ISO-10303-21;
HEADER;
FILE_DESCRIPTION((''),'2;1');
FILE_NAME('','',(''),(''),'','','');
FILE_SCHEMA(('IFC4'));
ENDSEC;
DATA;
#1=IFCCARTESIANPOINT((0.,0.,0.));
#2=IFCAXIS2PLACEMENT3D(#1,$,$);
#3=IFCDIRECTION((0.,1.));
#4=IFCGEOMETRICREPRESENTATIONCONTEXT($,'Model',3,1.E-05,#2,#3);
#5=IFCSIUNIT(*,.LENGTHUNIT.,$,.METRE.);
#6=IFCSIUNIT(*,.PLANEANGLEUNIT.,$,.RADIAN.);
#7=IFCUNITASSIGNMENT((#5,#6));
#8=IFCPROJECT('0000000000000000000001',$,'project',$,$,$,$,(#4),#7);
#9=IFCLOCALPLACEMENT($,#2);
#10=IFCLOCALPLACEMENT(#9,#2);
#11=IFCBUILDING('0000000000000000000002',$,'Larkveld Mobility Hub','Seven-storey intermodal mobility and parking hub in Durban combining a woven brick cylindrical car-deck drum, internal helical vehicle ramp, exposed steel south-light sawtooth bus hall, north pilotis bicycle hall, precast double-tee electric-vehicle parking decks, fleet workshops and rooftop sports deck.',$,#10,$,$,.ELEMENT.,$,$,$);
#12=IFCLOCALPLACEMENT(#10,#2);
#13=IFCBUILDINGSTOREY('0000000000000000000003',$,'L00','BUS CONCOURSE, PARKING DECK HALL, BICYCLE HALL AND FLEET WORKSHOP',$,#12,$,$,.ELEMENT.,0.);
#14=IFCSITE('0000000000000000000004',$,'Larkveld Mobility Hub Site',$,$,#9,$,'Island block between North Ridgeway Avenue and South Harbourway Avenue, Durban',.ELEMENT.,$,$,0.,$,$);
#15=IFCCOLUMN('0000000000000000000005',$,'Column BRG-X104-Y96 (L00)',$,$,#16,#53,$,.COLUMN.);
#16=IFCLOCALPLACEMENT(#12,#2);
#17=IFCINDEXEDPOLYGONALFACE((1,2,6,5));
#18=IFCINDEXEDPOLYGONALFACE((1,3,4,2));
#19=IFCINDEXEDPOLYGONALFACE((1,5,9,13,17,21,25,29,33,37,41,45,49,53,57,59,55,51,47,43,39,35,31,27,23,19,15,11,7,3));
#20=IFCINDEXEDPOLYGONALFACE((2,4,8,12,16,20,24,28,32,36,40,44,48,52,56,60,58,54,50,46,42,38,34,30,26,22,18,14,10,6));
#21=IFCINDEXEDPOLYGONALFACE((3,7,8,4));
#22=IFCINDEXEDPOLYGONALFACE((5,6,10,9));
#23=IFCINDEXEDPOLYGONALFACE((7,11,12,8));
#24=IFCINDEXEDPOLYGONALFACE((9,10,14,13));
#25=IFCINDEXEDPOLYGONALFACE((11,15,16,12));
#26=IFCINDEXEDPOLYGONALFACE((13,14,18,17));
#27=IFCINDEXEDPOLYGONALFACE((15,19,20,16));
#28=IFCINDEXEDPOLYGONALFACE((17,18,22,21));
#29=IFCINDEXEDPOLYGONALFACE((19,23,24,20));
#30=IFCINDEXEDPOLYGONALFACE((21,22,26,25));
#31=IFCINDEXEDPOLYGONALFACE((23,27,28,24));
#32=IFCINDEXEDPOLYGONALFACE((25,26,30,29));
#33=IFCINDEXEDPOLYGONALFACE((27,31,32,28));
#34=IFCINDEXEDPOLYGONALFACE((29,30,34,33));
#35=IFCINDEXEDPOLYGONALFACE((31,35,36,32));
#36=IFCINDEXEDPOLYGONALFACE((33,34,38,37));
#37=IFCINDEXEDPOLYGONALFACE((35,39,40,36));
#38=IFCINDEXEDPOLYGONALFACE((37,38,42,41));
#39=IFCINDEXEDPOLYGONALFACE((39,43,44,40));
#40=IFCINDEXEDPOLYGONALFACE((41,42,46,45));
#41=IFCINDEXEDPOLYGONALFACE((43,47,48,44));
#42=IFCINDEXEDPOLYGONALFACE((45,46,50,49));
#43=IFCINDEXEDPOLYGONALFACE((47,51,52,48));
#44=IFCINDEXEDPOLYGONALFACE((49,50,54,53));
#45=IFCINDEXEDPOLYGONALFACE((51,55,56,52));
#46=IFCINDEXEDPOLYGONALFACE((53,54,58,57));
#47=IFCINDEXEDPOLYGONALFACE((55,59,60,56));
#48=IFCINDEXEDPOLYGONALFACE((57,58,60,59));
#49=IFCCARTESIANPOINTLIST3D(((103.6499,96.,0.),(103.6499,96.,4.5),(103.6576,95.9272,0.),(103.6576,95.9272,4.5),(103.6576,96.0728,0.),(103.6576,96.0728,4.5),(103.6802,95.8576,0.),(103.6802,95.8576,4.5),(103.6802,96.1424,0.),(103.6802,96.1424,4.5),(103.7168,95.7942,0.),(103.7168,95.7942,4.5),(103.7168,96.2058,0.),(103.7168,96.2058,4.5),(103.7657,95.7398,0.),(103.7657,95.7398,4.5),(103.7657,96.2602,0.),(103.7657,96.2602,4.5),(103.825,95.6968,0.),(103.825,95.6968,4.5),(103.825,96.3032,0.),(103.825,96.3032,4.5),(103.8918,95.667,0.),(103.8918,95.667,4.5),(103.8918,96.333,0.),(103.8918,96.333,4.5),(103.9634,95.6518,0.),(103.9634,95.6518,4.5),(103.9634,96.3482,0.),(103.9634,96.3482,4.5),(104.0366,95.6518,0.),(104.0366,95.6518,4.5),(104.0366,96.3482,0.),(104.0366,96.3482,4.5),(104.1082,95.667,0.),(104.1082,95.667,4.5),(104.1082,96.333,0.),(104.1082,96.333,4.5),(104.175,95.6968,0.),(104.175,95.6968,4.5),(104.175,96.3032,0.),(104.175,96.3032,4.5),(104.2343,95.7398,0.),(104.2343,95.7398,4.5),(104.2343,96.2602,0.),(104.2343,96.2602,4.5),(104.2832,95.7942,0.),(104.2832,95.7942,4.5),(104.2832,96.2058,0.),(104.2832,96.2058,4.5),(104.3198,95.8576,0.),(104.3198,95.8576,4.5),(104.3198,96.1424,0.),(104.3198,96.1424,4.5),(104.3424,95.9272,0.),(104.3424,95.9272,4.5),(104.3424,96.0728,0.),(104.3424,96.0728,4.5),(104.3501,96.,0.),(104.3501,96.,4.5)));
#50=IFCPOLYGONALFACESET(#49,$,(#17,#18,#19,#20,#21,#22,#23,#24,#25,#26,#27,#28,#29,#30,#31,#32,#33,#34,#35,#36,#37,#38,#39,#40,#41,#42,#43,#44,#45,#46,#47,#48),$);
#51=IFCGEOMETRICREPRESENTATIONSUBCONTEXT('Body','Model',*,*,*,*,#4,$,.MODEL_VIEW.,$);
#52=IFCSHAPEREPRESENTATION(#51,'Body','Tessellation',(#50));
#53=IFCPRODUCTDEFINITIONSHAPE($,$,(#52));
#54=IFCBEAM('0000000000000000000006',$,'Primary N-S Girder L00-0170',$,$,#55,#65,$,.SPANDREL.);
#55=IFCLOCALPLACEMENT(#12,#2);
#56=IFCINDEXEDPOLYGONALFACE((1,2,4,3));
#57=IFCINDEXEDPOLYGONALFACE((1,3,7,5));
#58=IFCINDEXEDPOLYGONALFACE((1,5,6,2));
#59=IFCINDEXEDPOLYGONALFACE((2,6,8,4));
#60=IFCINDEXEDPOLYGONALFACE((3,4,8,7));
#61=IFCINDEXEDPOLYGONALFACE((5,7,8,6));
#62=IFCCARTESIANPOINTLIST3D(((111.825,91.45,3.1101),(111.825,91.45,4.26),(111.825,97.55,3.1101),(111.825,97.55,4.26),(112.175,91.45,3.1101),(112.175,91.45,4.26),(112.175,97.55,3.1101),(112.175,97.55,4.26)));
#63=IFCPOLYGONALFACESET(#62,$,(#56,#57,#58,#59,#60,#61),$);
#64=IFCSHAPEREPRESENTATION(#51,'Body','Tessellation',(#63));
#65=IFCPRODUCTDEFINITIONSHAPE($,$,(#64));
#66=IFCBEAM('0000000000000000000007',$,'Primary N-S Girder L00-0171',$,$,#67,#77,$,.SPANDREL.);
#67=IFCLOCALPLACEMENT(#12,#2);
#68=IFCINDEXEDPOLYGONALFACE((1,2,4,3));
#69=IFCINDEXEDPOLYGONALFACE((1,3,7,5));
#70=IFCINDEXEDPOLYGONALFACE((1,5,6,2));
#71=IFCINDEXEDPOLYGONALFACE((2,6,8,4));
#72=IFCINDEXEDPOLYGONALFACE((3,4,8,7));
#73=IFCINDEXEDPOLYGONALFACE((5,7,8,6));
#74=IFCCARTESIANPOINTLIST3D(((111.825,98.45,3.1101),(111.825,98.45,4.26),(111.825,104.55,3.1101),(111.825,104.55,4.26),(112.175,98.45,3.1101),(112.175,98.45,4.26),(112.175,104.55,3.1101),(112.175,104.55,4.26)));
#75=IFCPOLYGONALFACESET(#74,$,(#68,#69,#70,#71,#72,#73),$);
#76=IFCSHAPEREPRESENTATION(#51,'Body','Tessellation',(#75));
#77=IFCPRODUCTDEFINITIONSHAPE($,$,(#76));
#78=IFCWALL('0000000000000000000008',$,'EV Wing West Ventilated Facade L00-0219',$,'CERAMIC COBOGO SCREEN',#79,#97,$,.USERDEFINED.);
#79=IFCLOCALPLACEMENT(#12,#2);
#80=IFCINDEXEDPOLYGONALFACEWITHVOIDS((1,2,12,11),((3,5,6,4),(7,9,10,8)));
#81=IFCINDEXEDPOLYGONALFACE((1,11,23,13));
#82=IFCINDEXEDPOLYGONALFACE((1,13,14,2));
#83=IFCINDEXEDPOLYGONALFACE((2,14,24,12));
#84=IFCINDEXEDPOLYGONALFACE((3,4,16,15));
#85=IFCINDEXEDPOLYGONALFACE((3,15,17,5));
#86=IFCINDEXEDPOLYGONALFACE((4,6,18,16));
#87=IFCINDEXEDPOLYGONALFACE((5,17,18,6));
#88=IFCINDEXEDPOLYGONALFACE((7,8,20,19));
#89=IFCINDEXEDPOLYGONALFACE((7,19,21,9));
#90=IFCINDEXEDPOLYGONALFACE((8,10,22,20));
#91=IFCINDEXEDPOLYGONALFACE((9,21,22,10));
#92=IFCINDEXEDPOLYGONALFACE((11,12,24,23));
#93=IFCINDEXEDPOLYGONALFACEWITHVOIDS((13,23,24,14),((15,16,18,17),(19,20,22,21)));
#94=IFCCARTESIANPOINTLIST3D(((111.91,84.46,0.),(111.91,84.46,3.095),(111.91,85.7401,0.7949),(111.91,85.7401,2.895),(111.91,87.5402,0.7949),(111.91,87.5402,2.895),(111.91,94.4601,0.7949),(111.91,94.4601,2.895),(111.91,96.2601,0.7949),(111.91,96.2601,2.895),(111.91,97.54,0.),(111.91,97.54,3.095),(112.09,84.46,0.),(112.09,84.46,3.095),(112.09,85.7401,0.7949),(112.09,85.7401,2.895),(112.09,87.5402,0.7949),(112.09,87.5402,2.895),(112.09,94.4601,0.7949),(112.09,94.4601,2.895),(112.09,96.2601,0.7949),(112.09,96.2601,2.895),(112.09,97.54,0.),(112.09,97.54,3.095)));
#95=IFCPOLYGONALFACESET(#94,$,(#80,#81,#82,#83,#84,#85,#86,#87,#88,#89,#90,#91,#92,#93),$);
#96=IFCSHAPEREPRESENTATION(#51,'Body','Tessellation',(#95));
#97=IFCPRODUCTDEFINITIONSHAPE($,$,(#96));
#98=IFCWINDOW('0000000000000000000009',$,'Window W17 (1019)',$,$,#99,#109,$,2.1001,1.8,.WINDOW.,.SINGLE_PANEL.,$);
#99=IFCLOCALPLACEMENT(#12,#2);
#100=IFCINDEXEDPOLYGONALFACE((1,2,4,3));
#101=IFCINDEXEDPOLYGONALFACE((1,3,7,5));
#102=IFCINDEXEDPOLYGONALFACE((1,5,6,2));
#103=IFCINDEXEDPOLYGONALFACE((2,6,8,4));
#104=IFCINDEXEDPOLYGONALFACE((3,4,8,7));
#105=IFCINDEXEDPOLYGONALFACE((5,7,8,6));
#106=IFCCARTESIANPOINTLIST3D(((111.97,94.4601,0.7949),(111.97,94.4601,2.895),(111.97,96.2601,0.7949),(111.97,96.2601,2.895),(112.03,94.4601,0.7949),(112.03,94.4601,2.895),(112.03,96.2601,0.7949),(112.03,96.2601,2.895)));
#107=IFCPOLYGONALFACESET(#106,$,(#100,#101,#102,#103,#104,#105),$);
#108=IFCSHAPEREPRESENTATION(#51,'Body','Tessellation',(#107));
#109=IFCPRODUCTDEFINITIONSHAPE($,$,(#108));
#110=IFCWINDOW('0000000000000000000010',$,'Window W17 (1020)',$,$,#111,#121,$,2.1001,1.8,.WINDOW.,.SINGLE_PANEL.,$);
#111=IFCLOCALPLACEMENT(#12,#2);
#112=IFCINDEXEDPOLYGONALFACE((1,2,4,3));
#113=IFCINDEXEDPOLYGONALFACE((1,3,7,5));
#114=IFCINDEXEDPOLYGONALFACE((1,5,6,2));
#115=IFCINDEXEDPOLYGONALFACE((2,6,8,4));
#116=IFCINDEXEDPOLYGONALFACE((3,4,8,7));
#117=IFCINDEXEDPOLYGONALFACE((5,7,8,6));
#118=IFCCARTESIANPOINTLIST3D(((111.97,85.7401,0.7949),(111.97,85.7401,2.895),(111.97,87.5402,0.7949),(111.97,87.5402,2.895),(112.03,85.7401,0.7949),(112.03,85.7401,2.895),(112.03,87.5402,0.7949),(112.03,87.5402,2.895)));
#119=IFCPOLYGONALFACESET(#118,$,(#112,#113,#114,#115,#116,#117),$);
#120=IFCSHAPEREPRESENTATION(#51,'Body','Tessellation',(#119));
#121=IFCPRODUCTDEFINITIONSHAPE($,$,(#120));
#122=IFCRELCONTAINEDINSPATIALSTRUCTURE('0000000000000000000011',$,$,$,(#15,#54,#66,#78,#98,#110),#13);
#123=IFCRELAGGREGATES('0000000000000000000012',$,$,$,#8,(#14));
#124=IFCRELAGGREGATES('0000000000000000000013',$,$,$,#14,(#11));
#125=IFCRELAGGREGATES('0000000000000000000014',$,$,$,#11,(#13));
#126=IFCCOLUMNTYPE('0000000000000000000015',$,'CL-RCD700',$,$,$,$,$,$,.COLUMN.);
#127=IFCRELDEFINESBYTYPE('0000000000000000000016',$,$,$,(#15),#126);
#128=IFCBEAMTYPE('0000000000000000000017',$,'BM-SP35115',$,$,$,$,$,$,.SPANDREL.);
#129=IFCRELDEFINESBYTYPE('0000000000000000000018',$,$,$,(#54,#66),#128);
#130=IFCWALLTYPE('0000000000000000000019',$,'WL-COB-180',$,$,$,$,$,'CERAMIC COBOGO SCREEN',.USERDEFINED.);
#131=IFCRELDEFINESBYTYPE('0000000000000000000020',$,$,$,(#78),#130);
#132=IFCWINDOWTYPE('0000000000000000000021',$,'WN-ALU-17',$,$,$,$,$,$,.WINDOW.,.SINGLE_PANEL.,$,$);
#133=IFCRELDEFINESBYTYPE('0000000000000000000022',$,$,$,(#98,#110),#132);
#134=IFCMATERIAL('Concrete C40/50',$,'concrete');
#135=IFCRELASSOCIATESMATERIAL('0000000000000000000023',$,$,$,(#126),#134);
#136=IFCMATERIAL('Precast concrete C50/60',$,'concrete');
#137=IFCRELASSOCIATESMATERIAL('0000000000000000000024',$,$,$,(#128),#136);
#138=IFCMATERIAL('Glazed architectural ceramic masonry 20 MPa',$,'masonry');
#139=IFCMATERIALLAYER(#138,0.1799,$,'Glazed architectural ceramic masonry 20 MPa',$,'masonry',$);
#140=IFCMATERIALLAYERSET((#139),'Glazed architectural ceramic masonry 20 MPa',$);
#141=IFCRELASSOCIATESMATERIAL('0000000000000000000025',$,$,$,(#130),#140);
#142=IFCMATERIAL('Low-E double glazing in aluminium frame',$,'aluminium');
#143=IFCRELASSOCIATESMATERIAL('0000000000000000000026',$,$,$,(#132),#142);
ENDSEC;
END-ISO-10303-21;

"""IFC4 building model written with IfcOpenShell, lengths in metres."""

from ifc_helpers import new_model, si_unit, direction, frame, frame_2d, origin, origin_2d, place, context, subcontext, project, spatial, rectangle, circle, extrude, material, layer, layer_set, material_profile, profile_set, type_object, element, fill, save


model = new_model("IFC4")

# Units and contexts
model_context = context("Model", 3, precision=1e-05, world=origin(), true_north=direction((0.0, 1.0)))
body_context = subcontext(model_context, "Body", "Model", "MODEL_VIEW")
ifc_project = project(units=[si_unit("LENGTHUNIT", "METRE"), si_unit("PLANEANGLEUNIT", "RADIAN")], contexts=[model_context])

# Site, building, storey
site_placement = place(None, origin())
site = spatial("IfcSite", under=ifc_project, at=site_placement, Name="Larkveld Mobility Hub Site", LongName="Island block between North Ridgeway Avenue and South Harbourway Avenue, Durban", CompositionType="ELEMENT", RefElevation=0.0)
building_placement = place(site_placement, origin())
building = spatial("IfcBuilding", under=site, at=building_placement, Name="Larkveld Mobility Hub", Description="Seven-storey intermodal mobility and parking hub in Durban combining a woven brick cylindrical car-deck drum, internal helical vehicle ramp, exposed steel south-light sawtooth bus hall, north pilotis bicycle hall, precast double-tee electric-vehicle parking decks, fleet workshops and rooftop sports deck.", CompositionType="ELEMENT")
storey_placement = place(building_placement, origin())
storey = spatial("IfcBuildingStorey", under=building, at=storey_placement, Name="L00", Description="BUS CONCOURSE, PARKING DECK HALL, BICYCLE HALL AND FLEET WORKSHOP", CompositionType="ELEMENT", Elevation=0.0)

# Column
ifc_material_1 = material(Name="Precast concrete C50/60", Category="concrete")
ifc_material_2 = material(Name="Concrete C40/50", Category="concrete")
ifc_material_profile_1 = material_profile(ifc_material_2, circle(Radius=0.3501, at=origin_2d()), Name="RC COL D700")
ifc_profile_set_1 = profile_set([ifc_material_profile_1], Name="Concrete C40/50")
column_type_1 = type_object("IfcColumnType", Name="CL-RCD700", PredefinedType="COLUMN", material=ifc_profile_set_1)
column_placement = place(storey_placement, frame((104.0, 96.0, 0.0), z_axis=(0.0, 0.0, 1.0), x_axis=(1.0, 0.0, 0.0)))
element("IfcColumn", 1, at=column_placement, inside=storey, type_object=column_type_1, Name="Column BRG-X104-Y96 (L00)", PredefinedType="COLUMN", context=body_context, shape_type="SweptSolid", body=[
    extrude(circle(Radius=0.3501, at=origin_2d()), origin(), (0.0, 0.0, 1.0), 4.5),
])

# Beams
ifc_material_profile_2 = material_profile(ifc_material_1, rectangle(XDim=0.3501, YDim=1.1499, at=origin_2d()), Name="PC SP 350x1150")
ifc_profile_set_2 = profile_set([ifc_material_profile_2], Name="Precast concrete C50/60")
beam_type = type_object("IfcBeamType", Name="BM-SP35115", PredefinedType="SPANDREL", material=ifc_profile_set_2)
for number, where, z_axis, x_axis, name in (
    (2, (112.0, 91.45, 3.6851), (0.0, 1.0, 0.0), (-1.0, 0.0, 0.0), "Primary N-S Girder L00-0170"),
    (3, (112.0, 98.45, 3.6851), (0.0, 1.0, 0.0), (-1.0, 0.0, 0.0), "Primary N-S Girder L00-0171"),
):
    element("IfcBeam", number, at=place(storey_placement, frame(where, z_axis=z_axis, x_axis=x_axis)), inside=storey, type_object=beam_type, Name=name, PredefinedType="SPANDREL", context=body_context, shape_type="SweptSolid", body=[
        extrude(rectangle(XDim=0.3501, YDim=1.1499, at=origin_2d()), origin(), (0.0, 0.0, 1.0), 6.1001),
    ])

# Wall, openings, windows
ifc_material_3 = material(Name="Glazed architectural ceramic masonry 20 MPa", Category="masonry")
ifc_layer = layer(ifc_material_3, 0.1799, Name="Glazed architectural ceramic masonry 20 MPa", Category="masonry")
ifc_layer_set = layer_set([ifc_layer], Name="Glazed architectural ceramic masonry 20 MPa")
wall_type = type_object("IfcWallType", Name="WL-COB-180", ElementType="CERAMIC COBOGO SCREEN", PredefinedType="USERDEFINED", material=ifc_layer_set)
wall_placement = place(storey_placement, frame((112.0, 97.54, 0.0), z_axis=(0.0, 0.0, 1.0), x_axis=(0.0, -1.0, 0.0)))
wall = element("IfcWall", 4, at=wall_placement, inside=storey, type_object=wall_type, Name="EV Wing West Ventilated Facade L00-0219", ObjectType="CERAMIC COBOGO SCREEN", PredefinedType="USERDEFINED", context=body_context, shape_type="SweptSolid", body=[
    extrude(rectangle(XDim=13.0801, YDim=0.1799, at=frame_2d((6.54, 0.0))), origin(), (0.0, 0.0, 1.0), 3.095),
])
opening_1_placement = place(wall_placement, frame((1.28, 0.0, 0.7949)))
opening_1 = element("IfcOpeningElement", 5, at=opening_1_placement, cuts=wall, PredefinedType="OPENING", context=body_context, shape_type="SweptSolid", body=[
    extrude(rectangle(XDim=1.8, YDim=2.1001, at=frame_2d((0.8999, 1.05))), frame((0.0, 0.1001, 0.0), z_axis=(0.0, -1.0, 0.0), x_axis=(1.0, 0.0, 0.0)), (0.0, 0.0, 1.0), 0.2),
])
opening_2_placement = place(wall_placement, frame((10.0, 0.0, 0.7949)))
opening_2 = element("IfcOpeningElement", 6, at=opening_2_placement, cuts=wall, PredefinedType="OPENING", context=body_context, shape_type="SweptSolid", body=[
    extrude(rectangle(XDim=1.8, YDim=2.1001, at=frame_2d((0.8999, 1.05))), frame((0.0, 0.1001, 0.0), z_axis=(0.0, -1.0, 0.0), x_axis=(1.0, 0.0, 0.0)), (0.0, 0.0, 1.0), 0.2),
])
ifc_material_4 = material(Name="Low-E double glazing in aluminium frame", Category="aluminium")
window_type = type_object("IfcWindowType", Name="WN-ALU-17", PartitioningType="SINGLE_PANEL", PredefinedType="WINDOW", material=ifc_material_4)
window_1_placement = place(opening_1_placement, origin())
window_1 = element("IfcWindow", 7, at=window_1_placement, inside=storey, type_object=window_type, Name="Window W17 (1019)", OverallHeight=2.1001, OverallWidth=1.8, PartitioningType="SINGLE_PANEL", PredefinedType="WINDOW", context=body_context, shape_type="SweptSolid", body=[
    extrude(rectangle(XDim=1.8, YDim=2.1001, at=frame_2d((0.8999, 1.05))), frame((0.0, 0.03, 0.0), z_axis=(0.0, -1.0, 0.0), x_axis=(1.0, 0.0, 0.0)), (0.0, 0.0, 1.0), 0.0601),
])
fill(opening_1, window_1)
window_2_placement = place(opening_2_placement, origin())
window_2 = element("IfcWindow", 8, at=window_2_placement, inside=storey, type_object=window_type, Name="Window W17 (1020)", OverallHeight=2.1001, OverallWidth=1.8, PartitioningType="SINGLE_PANEL", PredefinedType="WINDOW", context=body_context, shape_type="SweptSolid", body=[
    extrude(rectangle(XDim=1.8, YDim=2.1001, at=frame_2d((0.8999, 1.05))), frame((0.0, 0.03, 0.0), z_axis=(0.0, -1.0, 0.0), x_axis=(1.0, 0.0, 0.0)), (0.0, 0.0, 1.0), 0.0601),
])
fill(opening_2, window_2)

save(model, "model.ifc")
